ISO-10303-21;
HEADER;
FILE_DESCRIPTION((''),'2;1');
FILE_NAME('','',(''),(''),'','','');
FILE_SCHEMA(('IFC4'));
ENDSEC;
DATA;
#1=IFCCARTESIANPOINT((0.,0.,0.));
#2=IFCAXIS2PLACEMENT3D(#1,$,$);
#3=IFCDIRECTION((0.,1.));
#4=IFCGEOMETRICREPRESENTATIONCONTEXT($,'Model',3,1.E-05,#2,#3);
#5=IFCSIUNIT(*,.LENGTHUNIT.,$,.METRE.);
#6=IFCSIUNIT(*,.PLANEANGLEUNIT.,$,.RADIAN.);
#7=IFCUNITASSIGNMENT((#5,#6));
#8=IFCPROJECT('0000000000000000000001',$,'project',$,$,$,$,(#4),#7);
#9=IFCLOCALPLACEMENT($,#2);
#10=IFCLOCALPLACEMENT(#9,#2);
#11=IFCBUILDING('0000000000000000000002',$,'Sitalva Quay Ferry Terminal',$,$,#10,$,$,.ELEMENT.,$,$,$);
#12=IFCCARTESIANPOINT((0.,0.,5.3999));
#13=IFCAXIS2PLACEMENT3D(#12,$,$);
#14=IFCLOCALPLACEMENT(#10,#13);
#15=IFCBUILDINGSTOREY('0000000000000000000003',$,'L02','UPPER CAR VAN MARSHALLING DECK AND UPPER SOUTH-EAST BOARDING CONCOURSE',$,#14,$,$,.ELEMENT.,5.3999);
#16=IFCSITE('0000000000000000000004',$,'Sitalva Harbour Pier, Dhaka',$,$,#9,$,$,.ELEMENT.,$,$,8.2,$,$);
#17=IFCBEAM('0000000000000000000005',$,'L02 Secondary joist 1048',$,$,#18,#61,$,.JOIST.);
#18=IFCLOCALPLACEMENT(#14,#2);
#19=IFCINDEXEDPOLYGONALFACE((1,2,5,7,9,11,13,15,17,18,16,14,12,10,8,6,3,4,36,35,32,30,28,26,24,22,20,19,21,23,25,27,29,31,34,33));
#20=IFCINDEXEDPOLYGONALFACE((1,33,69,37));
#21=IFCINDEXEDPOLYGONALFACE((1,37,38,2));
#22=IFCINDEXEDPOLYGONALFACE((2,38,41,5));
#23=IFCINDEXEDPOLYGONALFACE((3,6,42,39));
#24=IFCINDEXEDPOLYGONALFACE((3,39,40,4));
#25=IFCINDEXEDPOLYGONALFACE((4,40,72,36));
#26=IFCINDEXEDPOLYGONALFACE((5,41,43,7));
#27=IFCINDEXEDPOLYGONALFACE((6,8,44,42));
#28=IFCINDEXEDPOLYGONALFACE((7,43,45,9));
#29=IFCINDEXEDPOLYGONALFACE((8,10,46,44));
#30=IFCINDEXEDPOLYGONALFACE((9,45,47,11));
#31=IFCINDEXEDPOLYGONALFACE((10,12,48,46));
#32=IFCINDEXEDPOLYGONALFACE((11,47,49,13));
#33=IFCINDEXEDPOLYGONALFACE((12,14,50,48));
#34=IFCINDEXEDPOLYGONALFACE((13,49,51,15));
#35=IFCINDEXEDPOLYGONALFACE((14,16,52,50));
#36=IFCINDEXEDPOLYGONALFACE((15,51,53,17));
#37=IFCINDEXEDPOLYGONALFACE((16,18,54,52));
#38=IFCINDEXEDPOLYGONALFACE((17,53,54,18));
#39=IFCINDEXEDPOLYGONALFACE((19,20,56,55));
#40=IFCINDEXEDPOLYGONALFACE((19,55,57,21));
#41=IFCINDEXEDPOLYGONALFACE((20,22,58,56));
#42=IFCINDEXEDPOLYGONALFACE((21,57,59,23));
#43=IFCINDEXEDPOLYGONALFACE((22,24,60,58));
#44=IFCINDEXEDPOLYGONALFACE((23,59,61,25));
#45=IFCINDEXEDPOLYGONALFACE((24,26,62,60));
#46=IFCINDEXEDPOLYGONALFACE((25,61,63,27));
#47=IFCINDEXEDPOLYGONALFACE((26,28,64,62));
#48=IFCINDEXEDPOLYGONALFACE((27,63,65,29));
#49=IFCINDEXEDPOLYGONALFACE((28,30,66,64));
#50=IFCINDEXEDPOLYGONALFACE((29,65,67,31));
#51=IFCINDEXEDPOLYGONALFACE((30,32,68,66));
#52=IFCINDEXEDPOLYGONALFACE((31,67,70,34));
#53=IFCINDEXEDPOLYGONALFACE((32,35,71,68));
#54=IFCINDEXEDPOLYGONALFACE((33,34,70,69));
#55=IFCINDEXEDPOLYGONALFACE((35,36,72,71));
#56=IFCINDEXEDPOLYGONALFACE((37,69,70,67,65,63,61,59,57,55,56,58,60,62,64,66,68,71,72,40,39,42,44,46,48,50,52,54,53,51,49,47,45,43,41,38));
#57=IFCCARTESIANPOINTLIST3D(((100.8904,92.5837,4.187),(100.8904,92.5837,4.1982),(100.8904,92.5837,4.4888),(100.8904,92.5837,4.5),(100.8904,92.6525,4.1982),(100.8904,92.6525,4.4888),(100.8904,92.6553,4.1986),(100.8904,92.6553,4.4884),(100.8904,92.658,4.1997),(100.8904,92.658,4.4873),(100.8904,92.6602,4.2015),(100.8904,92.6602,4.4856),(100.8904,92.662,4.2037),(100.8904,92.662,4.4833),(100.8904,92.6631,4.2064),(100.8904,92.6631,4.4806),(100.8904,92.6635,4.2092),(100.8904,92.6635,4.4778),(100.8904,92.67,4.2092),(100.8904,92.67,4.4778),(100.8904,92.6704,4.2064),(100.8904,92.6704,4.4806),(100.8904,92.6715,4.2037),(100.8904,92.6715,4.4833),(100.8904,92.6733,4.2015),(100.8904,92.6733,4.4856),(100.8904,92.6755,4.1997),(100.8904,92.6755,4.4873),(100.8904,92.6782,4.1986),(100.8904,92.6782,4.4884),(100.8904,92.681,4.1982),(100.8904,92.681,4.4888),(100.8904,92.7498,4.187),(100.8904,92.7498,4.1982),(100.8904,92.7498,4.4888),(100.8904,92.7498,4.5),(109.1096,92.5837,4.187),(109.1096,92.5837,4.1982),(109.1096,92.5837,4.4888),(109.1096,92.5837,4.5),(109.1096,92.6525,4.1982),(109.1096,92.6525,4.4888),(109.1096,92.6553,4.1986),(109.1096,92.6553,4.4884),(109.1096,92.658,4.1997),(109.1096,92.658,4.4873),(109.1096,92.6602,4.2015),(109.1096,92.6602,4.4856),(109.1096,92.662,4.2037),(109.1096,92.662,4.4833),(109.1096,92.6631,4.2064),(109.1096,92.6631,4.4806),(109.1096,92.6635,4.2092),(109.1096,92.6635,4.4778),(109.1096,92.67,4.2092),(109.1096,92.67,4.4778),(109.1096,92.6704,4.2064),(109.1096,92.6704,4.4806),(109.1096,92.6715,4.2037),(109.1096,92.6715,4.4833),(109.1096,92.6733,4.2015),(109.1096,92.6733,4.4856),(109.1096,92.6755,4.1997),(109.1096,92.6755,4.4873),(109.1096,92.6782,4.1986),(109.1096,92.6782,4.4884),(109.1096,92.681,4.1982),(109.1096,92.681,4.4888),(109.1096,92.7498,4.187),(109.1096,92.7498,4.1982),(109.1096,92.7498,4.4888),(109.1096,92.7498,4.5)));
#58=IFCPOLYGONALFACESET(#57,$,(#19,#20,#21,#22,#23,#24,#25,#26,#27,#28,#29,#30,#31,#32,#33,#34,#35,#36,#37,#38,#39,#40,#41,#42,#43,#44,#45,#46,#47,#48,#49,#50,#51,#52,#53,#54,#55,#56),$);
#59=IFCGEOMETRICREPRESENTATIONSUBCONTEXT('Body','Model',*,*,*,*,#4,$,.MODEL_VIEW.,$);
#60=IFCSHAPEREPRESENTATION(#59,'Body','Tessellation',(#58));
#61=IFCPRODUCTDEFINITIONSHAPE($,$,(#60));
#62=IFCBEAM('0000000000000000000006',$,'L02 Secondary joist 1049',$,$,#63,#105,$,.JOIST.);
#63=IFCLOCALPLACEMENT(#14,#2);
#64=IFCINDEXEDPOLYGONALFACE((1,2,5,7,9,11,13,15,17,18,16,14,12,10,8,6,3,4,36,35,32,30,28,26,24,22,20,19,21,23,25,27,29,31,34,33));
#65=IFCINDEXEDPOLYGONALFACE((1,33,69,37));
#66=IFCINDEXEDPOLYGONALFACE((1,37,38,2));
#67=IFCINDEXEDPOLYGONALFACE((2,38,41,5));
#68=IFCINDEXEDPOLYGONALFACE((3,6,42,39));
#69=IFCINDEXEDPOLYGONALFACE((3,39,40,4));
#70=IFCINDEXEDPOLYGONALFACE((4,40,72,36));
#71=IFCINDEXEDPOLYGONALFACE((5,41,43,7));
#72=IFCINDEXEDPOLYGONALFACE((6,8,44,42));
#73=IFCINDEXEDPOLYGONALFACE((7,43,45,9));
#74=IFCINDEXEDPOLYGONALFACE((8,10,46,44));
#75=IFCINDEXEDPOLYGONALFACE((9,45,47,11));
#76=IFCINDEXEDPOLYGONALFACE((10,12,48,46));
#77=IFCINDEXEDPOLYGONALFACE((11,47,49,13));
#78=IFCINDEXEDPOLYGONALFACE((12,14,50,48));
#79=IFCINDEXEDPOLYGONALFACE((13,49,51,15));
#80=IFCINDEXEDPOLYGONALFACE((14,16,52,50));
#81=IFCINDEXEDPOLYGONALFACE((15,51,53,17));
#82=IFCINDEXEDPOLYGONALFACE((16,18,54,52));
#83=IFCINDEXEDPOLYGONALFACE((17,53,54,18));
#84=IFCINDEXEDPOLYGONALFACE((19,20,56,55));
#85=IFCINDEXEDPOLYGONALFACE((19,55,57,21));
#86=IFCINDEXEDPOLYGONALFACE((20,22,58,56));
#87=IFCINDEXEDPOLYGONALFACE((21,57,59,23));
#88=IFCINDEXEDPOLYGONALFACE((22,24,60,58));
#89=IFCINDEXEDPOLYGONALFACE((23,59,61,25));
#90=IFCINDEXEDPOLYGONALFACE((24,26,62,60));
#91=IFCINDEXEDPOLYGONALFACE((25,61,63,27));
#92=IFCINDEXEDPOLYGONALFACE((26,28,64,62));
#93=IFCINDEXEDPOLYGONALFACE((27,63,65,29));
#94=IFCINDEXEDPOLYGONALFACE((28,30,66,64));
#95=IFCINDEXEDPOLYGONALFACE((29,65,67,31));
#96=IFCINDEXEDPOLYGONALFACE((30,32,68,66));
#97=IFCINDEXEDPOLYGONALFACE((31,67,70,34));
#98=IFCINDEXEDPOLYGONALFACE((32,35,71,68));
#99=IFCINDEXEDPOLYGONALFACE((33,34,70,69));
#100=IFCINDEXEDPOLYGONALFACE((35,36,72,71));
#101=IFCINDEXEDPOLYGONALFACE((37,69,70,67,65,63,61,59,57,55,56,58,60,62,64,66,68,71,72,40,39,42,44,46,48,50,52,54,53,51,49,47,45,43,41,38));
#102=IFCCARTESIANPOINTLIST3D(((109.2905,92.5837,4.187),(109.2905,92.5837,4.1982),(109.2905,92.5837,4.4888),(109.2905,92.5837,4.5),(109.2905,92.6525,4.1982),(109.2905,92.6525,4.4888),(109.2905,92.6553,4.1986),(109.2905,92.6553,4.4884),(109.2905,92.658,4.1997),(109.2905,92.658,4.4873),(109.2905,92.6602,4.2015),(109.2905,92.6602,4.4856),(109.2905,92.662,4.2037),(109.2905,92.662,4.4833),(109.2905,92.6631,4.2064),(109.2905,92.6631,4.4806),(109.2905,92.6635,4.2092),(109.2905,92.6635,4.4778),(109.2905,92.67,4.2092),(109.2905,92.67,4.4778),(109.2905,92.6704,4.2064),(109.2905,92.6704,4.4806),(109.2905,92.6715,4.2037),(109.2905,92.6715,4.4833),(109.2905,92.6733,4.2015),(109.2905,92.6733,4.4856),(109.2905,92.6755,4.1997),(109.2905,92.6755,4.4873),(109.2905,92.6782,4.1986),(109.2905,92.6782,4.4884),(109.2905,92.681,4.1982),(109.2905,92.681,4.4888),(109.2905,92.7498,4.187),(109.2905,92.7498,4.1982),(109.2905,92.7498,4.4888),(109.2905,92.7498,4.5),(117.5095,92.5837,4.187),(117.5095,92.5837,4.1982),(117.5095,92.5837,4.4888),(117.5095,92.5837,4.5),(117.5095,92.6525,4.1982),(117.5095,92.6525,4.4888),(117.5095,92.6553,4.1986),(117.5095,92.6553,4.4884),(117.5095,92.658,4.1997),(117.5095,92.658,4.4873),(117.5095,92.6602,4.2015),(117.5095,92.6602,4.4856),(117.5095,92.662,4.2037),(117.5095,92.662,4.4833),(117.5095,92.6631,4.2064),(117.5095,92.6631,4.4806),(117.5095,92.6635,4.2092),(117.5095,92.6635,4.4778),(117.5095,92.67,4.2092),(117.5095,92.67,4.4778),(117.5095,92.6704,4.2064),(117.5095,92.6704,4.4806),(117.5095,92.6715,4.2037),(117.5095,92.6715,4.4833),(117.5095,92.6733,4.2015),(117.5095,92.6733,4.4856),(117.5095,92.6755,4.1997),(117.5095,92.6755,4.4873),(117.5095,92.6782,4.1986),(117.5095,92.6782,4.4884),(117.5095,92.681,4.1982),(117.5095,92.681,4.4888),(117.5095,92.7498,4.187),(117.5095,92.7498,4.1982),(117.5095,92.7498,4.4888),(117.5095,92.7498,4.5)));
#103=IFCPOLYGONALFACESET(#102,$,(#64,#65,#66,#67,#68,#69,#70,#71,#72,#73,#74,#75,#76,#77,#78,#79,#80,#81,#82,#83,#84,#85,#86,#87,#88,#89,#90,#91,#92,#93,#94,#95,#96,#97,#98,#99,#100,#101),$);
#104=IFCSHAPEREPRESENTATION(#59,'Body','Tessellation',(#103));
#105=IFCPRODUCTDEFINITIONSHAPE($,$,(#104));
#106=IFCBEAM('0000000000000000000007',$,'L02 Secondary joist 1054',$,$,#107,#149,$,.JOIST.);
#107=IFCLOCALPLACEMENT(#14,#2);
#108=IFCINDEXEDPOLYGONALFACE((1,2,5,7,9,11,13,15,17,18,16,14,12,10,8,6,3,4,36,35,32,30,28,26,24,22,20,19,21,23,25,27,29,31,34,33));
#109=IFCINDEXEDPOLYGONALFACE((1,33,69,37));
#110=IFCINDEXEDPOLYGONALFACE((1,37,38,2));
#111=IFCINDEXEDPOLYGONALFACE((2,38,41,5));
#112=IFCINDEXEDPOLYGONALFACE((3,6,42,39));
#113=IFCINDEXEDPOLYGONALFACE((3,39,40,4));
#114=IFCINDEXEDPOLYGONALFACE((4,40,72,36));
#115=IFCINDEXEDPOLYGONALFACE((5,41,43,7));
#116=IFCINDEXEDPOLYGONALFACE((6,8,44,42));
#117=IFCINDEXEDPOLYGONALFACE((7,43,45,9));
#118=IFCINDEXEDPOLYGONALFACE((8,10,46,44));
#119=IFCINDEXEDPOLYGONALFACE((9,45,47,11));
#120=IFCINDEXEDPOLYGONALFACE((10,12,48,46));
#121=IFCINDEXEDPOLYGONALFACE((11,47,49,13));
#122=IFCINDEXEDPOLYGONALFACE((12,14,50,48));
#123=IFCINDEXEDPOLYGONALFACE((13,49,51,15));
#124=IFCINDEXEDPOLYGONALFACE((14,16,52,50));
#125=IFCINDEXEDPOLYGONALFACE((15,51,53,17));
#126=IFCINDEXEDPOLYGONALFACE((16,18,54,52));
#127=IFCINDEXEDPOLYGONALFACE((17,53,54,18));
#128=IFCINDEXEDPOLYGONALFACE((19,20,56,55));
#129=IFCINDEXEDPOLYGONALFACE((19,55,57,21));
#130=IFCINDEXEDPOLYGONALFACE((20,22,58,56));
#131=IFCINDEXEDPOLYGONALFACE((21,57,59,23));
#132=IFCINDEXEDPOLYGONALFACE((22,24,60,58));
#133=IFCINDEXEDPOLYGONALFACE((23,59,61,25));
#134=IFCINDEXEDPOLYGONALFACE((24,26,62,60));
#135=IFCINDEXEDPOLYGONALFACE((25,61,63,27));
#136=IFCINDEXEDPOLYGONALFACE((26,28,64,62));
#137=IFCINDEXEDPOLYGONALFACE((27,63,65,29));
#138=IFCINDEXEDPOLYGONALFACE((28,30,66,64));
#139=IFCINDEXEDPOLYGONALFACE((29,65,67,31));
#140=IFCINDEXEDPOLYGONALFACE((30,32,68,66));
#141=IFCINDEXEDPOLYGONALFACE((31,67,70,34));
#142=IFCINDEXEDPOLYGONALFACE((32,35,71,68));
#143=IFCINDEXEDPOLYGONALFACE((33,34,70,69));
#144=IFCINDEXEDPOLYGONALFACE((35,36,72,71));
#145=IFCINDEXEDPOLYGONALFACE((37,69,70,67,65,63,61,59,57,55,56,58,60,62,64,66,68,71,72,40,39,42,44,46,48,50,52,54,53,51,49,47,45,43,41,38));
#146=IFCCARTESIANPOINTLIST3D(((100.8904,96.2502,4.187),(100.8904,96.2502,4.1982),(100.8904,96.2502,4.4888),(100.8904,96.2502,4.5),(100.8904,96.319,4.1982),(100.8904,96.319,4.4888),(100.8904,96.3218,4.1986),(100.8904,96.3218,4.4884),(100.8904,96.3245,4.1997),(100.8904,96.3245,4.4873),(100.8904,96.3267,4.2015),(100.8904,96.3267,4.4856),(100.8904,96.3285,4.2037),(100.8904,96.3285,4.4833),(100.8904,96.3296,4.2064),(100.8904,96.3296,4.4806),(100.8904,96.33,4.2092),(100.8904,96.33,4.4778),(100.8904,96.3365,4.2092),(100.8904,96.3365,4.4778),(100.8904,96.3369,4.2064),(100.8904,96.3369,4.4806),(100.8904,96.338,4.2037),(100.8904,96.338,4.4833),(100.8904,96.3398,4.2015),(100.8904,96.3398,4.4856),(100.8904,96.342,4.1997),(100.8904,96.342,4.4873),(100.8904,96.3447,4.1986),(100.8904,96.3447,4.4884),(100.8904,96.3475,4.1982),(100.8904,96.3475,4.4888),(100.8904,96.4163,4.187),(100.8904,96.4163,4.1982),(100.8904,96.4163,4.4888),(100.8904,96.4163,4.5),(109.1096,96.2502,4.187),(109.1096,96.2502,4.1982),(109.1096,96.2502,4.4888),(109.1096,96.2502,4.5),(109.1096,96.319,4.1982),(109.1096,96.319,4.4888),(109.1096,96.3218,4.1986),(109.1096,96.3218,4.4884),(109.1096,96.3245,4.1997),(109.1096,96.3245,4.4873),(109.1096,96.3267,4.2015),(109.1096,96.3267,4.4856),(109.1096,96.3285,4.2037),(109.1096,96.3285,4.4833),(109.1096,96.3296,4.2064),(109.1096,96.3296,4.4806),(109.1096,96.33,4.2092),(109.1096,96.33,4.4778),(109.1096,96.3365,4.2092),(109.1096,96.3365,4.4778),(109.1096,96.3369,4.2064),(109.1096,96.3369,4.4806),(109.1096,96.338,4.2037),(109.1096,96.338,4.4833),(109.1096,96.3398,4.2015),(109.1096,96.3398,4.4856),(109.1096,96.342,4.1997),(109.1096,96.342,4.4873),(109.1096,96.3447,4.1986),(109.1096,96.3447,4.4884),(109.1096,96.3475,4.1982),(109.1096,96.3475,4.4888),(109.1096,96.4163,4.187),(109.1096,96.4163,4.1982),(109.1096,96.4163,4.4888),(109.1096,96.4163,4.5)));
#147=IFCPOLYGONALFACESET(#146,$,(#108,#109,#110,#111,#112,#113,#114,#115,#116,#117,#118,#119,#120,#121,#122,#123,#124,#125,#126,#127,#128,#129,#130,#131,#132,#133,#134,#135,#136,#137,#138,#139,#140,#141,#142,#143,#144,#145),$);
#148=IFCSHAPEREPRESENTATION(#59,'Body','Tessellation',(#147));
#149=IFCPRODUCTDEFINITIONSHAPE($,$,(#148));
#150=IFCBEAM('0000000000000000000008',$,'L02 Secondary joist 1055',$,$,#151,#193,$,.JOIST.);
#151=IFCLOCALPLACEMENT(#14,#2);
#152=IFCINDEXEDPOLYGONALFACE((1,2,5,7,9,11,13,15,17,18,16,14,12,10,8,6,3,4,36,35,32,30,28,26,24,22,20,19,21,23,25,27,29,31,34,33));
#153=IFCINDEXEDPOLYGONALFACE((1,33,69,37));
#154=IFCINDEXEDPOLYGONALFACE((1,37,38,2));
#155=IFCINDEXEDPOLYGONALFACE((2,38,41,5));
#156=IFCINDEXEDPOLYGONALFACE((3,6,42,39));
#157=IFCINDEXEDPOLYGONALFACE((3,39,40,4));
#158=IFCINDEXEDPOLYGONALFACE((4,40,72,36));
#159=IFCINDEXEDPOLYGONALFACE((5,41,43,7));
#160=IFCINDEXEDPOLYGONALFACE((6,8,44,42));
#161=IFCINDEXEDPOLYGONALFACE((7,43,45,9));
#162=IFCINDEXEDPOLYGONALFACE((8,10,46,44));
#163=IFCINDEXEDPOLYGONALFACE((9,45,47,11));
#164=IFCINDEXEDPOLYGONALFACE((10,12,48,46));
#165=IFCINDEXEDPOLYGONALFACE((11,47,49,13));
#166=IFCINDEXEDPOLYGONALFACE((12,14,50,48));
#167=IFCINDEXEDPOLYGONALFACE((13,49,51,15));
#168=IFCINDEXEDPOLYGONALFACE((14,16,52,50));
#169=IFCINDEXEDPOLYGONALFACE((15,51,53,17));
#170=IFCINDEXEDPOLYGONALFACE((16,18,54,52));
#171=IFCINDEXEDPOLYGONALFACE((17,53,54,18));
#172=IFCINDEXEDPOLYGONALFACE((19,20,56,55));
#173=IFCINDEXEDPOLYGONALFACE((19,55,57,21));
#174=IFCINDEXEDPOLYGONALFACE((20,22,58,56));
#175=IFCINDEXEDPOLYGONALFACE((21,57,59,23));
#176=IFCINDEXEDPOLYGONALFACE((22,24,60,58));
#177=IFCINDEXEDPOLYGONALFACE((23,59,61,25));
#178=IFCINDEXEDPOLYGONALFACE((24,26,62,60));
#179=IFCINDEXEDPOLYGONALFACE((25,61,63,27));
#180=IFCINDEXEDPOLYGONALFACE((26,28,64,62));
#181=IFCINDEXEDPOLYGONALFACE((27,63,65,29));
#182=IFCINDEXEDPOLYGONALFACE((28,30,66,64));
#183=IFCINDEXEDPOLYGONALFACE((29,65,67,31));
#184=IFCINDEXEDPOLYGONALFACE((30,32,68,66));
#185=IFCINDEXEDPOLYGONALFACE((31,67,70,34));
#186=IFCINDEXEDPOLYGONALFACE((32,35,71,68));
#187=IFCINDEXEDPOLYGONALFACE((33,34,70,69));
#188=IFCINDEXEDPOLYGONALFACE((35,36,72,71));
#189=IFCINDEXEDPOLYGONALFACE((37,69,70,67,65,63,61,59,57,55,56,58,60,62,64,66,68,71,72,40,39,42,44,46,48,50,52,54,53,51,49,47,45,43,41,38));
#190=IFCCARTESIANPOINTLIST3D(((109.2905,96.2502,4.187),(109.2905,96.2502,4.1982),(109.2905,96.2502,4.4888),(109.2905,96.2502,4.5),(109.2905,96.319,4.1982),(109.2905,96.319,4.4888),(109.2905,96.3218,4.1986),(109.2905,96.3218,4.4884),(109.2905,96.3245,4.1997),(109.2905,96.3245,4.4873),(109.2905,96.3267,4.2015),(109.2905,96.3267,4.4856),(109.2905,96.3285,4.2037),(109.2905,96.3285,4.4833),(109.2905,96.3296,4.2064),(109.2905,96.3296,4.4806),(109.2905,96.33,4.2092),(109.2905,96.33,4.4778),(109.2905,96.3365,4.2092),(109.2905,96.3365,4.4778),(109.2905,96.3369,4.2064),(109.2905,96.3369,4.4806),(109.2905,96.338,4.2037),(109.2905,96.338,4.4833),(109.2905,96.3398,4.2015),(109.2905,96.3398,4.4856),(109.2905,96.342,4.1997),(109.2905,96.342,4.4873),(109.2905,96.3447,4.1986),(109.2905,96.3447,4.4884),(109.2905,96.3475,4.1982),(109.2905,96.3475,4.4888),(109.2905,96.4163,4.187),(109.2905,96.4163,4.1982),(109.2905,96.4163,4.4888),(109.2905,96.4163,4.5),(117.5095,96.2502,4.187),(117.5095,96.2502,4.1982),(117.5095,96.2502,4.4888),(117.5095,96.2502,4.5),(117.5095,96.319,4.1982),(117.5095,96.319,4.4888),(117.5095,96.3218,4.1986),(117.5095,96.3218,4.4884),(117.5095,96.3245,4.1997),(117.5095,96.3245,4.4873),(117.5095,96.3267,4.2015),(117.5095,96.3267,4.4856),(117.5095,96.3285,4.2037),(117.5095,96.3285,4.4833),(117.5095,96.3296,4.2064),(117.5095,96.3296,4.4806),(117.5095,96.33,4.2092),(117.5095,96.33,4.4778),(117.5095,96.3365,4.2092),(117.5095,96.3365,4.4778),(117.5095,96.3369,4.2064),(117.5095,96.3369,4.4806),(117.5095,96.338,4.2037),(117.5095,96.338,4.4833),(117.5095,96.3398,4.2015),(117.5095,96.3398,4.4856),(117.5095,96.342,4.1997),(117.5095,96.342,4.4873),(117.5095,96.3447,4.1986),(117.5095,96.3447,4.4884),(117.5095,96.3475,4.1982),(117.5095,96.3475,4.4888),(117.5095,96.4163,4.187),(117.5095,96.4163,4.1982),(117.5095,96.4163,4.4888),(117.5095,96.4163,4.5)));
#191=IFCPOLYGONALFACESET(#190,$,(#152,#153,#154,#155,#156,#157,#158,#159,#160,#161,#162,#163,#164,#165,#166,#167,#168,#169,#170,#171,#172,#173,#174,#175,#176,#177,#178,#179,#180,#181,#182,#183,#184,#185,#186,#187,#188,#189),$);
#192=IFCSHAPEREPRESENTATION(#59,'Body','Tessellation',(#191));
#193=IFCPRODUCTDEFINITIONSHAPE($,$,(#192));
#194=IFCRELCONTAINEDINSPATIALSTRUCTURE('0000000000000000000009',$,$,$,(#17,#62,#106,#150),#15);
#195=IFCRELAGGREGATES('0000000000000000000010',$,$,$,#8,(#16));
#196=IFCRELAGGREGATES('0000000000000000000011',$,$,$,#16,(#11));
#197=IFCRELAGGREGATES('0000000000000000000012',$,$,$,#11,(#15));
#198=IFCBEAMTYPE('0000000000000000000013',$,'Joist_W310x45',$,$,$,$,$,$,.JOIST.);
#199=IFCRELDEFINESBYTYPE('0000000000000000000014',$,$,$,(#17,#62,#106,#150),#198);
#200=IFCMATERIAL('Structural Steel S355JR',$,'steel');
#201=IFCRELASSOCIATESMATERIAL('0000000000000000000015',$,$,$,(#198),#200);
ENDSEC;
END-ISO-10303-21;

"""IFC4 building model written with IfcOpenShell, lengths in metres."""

from ifc_helpers import new_model, si_unit, direction, frame, origin, origin_2d, place, context, subcontext, project, spatial, i_section, extrude, material, material_profile, profile_set, type_object, element, save


model = new_model("IFC4")

# Units and contexts
model_context = context("Model", 3, precision=1e-05, world=origin(), true_north=direction((0.0, 1.0)))
body_context = subcontext(model_context, "Body", "Model", "MODEL_VIEW")
ifc_project = project(units=[si_unit("LENGTHUNIT", "METRE"), si_unit("PLANEANGLEUNIT", "RADIAN")], contexts=[model_context])

# Site, building, storey
site_placement = place(None, origin())
site = spatial("IfcSite", under=ifc_project, at=site_placement, Name="Sitalva Harbour Pier, Dhaka", CompositionType="ELEMENT", RefElevation=8.2)
building_placement = place(site_placement, origin())
building = spatial("IfcBuilding", under=site, at=building_placement, Name="Sitalva Quay Ferry Terminal", CompositionType="ELEMENT")
storey_placement = place(building_placement, frame((0.0, 0.0, 5.3999)))
storey = spatial("IfcBuildingStorey", under=building, at=storey_placement, Name="L02", Description="UPPER CAR VAN MARSHALLING DECK AND UPPER SOUTH-EAST BOARDING CONCOURSE", CompositionType="ELEMENT", Elevation=5.3999)

# Beams
ifc_material_1 = material(Name="Structural Steel S355JR", Category="steel")
ifc_material_profile_1 = material_profile(ifc_material_1, i_section(OverallWidth=0.166, OverallDepth=0.313, WebThickness=0.0066, FlangeThickness=0.0112, FilletRadius=0.011, at=origin_2d()), Name="W310x45")
ifc_profile_set_1 = profile_set([ifc_material_profile_1], Name="Structural Steel S355JR")
beam_type_1 = type_object("IfcBeamType", Name="Joist_W310x45", PredefinedType="JOIST", material=ifc_profile_set_1)
beam_1_placement = place(storey_placement, frame((100.8904, 92.6667, 4.3435), z_axis=(1.0, 0.0, 0.0), x_axis=(0.0, 1.0, 0.0)))
element("IfcBeam", 1, at=beam_1_placement, inside=storey, type_object=beam_type_1, Name="L02 Secondary joist 1048", PredefinedType="JOIST", context=body_context, shape_type="SweptSolid", body=[
    extrude(i_section(OverallWidth=0.166, OverallDepth=0.313, WebThickness=0.0066, FlangeThickness=0.0112, FilletRadius=0.011, at=origin_2d()), origin(), (0.0, 0.0, 1.0), 8.2192),
])
beam_2_placement = place(storey_placement, frame((109.2905, 92.6667, 4.3435), z_axis=(1.0, 0.0, 0.0), x_axis=(0.0, 1.0, 0.0)))
element("IfcBeam", 2, at=beam_2_placement, inside=storey, type_object=beam_type_1, Name="L02 Secondary joist 1049", PredefinedType="JOIST", context=body_context, shape_type="SweptSolid", body=[
    extrude(i_section(OverallWidth=0.166, OverallDepth=0.313, WebThickness=0.0066, FlangeThickness=0.0112, FilletRadius=0.011, at=origin_2d()), origin(), (0.0, 0.0, 1.0), 8.219),
])
beam_3_placement = place(storey_placement, frame((100.8904, 96.3333, 4.3435), z_axis=(1.0, 0.0, 0.0), x_axis=(0.0, 1.0, 0.0)))
element("IfcBeam", 3, at=beam_3_placement, inside=storey, type_object=beam_type_1, Name="L02 Secondary joist 1054", PredefinedType="JOIST", context=body_context, shape_type="SweptSolid", body=[
    extrude(i_section(OverallWidth=0.166, OverallDepth=0.313, WebThickness=0.0066, FlangeThickness=0.0112, FilletRadius=0.011, at=origin_2d()), origin(), (0.0, 0.0, 1.0), 8.2192),
])
beam_4_placement = place(storey_placement, frame((109.2905, 96.3333, 4.3435), z_axis=(1.0, 0.0, 0.0), x_axis=(0.0, 1.0, 0.0)))
element("IfcBeam", 4, at=beam_4_placement, inside=storey, type_object=beam_type_1, Name="L02 Secondary joist 1055", PredefinedType="JOIST", context=body_context, shape_type="SweptSolid", body=[
    extrude(i_section(OverallWidth=0.166, OverallDepth=0.313, WebThickness=0.0066, FlangeThickness=0.0112, FilletRadius=0.011, at=origin_2d()), origin(), (0.0, 0.0, 1.0), 8.219),
])

save(model, "model.ifc")
